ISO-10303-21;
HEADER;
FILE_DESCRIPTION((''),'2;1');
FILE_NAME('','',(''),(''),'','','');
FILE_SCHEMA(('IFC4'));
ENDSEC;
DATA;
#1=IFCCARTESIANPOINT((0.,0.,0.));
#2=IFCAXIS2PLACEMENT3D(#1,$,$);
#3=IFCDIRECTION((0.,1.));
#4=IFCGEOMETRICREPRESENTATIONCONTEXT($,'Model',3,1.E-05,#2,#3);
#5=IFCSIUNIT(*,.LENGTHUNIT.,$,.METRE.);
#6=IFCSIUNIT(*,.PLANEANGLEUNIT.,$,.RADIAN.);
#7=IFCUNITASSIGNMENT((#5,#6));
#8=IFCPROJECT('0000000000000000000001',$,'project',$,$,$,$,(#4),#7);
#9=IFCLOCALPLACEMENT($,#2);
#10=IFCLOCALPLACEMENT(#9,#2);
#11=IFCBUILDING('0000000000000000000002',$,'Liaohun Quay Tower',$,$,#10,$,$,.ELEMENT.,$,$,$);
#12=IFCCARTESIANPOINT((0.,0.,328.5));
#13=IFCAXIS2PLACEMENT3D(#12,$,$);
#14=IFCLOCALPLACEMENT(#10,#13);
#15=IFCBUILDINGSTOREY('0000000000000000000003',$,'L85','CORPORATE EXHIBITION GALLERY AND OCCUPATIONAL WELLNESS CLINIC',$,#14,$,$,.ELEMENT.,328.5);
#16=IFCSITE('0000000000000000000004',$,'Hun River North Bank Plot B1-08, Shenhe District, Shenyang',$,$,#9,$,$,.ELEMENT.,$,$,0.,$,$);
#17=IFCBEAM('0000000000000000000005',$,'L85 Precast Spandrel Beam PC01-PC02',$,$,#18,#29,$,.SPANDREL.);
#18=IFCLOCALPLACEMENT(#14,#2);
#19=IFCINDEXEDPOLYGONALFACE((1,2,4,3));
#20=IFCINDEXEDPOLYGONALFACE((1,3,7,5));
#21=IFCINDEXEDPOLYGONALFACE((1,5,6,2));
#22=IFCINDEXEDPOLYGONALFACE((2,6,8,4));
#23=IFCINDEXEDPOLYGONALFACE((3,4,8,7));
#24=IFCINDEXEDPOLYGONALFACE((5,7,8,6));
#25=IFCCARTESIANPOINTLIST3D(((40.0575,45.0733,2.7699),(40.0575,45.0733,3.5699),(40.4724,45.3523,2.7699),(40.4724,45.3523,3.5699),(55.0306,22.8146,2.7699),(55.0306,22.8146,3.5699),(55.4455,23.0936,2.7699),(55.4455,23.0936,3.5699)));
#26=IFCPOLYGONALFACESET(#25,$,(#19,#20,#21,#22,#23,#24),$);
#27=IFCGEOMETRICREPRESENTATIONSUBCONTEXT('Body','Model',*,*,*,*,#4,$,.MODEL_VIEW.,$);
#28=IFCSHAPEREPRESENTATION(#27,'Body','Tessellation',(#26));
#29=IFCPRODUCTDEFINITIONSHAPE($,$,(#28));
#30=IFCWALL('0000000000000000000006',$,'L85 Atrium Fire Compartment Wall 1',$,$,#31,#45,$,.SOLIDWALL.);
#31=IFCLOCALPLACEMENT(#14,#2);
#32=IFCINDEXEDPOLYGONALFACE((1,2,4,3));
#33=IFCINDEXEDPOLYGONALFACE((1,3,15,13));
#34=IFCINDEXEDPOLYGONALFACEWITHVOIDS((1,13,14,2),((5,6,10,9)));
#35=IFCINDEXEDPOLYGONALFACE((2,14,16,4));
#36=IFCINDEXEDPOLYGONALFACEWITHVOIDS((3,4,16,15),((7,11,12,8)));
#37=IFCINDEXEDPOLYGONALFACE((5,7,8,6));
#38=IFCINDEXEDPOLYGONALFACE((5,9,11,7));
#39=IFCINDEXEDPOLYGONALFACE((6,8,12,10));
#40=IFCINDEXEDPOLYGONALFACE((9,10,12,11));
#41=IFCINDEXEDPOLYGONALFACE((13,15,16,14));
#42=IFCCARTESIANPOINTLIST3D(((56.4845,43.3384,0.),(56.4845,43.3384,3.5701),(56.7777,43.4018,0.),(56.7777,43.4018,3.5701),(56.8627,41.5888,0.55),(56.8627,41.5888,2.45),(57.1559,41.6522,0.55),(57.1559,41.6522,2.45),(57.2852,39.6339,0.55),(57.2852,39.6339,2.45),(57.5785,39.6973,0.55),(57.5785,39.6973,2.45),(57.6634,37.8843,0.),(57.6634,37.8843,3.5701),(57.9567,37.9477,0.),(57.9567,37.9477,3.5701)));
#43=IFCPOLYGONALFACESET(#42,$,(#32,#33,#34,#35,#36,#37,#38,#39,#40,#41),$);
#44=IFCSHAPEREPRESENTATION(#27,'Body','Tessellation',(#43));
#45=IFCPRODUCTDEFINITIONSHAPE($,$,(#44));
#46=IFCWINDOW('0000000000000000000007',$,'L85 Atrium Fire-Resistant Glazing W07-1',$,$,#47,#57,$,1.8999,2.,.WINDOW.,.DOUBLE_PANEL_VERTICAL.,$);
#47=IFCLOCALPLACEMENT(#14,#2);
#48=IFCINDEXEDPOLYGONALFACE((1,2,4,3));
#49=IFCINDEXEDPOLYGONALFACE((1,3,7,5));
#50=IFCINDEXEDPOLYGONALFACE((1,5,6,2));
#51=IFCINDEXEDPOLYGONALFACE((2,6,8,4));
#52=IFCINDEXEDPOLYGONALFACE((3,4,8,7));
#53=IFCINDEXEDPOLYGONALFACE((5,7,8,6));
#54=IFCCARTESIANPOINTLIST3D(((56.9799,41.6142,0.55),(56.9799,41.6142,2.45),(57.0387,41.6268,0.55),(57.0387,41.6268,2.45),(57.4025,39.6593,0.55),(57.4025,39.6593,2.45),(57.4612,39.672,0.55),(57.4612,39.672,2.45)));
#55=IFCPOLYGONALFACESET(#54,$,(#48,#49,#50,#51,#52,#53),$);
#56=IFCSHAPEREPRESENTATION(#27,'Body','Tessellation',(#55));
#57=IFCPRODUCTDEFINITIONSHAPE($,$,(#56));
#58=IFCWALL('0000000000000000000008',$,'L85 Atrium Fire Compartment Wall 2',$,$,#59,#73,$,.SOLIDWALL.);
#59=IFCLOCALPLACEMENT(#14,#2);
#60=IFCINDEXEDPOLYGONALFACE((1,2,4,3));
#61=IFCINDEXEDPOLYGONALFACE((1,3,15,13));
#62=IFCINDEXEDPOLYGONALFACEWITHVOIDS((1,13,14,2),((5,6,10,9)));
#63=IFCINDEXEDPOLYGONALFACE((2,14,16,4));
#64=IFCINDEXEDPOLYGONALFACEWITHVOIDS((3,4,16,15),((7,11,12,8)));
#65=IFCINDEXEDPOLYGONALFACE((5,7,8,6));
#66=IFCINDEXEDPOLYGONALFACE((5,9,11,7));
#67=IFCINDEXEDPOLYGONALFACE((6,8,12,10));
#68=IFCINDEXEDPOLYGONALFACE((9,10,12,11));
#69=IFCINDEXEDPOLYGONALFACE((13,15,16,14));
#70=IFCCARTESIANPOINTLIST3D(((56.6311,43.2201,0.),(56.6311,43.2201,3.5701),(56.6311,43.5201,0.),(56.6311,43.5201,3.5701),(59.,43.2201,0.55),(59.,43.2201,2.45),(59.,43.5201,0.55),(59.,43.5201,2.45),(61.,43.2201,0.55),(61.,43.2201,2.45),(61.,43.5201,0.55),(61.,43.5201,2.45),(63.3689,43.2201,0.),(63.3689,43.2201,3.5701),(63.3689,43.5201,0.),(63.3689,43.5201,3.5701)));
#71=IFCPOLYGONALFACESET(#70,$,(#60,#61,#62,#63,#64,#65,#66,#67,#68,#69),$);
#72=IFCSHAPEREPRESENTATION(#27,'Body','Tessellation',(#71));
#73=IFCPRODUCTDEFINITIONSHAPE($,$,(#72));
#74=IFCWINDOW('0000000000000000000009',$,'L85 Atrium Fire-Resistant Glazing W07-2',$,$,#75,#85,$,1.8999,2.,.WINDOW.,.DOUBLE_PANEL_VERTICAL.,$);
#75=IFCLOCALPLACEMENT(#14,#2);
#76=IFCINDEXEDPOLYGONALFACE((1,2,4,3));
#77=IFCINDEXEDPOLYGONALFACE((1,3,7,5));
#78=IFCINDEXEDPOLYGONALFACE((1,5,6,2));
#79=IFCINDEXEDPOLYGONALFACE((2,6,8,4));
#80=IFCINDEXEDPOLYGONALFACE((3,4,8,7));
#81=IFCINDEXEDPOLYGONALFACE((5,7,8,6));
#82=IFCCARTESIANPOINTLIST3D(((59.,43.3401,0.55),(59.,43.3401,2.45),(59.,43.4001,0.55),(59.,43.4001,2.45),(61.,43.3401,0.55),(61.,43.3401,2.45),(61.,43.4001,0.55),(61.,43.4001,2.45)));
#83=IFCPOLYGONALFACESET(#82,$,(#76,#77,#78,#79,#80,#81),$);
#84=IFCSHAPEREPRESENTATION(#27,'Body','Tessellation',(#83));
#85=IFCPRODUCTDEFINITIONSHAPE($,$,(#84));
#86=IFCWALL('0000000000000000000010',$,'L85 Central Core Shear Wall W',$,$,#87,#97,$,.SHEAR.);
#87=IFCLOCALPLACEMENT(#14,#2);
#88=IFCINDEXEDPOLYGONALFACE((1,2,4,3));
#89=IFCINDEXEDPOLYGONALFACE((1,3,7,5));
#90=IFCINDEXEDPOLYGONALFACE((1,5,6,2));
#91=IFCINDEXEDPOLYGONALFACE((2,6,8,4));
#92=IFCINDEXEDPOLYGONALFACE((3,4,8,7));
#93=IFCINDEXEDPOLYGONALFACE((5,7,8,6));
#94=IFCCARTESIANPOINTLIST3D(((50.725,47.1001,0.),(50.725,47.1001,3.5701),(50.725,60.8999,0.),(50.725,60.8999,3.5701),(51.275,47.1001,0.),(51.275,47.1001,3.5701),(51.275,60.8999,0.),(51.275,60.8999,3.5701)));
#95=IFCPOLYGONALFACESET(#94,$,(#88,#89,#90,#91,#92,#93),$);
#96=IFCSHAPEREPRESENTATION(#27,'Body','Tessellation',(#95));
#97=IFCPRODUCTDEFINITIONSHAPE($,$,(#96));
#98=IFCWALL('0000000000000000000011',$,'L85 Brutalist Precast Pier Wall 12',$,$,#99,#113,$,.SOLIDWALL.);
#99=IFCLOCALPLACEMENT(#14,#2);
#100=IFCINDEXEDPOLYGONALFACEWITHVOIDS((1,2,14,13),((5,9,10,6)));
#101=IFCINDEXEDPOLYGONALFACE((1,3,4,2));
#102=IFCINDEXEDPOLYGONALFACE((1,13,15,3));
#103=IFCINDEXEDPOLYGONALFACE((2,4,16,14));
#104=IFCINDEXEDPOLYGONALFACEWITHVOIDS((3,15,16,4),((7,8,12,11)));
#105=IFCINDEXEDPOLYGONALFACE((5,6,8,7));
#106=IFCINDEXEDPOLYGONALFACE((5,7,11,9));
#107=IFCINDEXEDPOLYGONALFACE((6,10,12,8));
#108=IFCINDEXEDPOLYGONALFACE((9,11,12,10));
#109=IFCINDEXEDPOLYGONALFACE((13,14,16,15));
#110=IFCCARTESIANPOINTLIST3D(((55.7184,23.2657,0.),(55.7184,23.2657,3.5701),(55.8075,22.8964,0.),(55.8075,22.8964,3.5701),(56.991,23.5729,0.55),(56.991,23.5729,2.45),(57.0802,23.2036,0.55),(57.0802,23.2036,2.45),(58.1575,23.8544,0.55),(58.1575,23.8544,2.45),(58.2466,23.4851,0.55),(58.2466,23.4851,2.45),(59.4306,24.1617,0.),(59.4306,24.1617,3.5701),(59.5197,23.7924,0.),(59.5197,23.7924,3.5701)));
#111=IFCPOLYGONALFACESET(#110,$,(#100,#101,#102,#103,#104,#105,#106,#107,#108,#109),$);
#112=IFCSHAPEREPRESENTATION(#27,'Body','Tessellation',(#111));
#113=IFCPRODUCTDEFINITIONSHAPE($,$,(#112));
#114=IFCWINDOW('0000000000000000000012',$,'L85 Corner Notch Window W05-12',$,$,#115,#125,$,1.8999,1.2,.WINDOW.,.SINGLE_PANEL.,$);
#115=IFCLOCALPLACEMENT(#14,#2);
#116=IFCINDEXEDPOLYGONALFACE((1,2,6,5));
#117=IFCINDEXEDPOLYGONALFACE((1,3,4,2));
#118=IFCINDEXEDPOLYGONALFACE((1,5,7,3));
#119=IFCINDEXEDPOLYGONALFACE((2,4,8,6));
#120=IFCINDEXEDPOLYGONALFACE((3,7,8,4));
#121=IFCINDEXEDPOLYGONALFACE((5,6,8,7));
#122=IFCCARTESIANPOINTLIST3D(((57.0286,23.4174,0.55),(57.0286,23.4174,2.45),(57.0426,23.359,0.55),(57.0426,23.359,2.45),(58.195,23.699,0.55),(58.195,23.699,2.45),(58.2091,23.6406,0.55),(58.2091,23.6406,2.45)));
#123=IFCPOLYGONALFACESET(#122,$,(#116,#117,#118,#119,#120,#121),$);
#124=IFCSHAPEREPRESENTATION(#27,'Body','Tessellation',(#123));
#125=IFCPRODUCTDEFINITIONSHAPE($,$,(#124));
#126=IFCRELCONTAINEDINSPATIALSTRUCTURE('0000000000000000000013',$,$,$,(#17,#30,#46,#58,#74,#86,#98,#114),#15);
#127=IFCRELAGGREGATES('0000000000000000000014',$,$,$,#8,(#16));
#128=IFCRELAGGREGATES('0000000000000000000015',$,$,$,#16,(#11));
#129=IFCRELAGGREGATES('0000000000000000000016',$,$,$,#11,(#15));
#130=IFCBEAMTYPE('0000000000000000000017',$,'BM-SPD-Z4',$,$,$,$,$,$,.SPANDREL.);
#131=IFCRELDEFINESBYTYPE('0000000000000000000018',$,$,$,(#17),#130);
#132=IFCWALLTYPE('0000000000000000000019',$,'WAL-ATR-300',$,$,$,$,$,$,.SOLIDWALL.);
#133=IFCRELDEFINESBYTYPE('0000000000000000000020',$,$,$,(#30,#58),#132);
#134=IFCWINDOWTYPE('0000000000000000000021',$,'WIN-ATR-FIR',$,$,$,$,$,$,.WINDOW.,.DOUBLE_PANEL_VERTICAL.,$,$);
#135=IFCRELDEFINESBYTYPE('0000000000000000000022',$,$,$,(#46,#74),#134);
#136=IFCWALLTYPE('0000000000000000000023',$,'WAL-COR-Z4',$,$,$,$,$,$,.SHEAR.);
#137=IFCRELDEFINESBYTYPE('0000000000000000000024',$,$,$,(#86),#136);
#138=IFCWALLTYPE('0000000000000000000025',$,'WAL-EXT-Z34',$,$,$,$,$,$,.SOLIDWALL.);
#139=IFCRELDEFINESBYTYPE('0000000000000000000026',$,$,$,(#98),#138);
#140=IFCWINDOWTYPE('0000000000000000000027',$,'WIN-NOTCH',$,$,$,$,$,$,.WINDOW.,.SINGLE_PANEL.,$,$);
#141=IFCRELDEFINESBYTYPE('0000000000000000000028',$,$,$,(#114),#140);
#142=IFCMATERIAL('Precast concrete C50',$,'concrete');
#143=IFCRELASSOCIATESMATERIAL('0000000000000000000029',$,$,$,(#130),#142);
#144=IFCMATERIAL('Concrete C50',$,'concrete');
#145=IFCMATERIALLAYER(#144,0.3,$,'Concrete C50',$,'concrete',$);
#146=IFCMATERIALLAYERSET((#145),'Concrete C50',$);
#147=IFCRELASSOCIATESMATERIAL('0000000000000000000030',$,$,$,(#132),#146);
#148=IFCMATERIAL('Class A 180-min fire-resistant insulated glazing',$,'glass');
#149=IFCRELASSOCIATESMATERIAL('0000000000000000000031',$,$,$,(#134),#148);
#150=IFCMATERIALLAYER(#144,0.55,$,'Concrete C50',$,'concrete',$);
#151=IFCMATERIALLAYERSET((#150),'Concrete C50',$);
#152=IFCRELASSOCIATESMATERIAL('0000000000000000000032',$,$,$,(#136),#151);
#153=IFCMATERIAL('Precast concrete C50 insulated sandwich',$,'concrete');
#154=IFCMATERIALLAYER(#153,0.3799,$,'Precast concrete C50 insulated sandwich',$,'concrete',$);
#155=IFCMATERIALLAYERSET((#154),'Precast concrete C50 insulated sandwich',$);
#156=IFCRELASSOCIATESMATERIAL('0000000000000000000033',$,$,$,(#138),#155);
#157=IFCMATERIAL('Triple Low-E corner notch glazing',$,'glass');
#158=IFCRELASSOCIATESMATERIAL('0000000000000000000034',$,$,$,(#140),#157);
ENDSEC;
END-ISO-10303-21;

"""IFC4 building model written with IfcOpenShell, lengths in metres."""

from ifc_helpers import new_model, si_unit, direction, frame, frame_2d, origin, origin_2d, place, context, subcontext, project, spatial, rectangle, extrude, source, transform, mapped, material, layer, layer_set, material_profile, profile_set, type_object, element, fill, save


model = new_model("IFC4")

# Units and contexts
model_context = context("Model", 3, precision=1e-05, world=origin(), true_north=direction((0.0, 1.0)))
body_context = subcontext(model_context, "Body", "Model", "MODEL_VIEW")
ifc_project = project(units=[si_unit("LENGTHUNIT", "METRE"), si_unit("PLANEANGLEUNIT", "RADIAN")], contexts=[model_context])

# Site, building, storey
site_placement = place(None, origin())
site = spatial("IfcSite", under=ifc_project, at=site_placement, Name="Hun River North Bank Plot B1-08, Shenhe District, Shenyang", CompositionType="ELEMENT", RefElevation=0.0)
building_placement = place(site_placement, origin())
building = spatial("IfcBuilding", under=site, at=building_placement, Name="Liaohun Quay Tower", CompositionType="ELEMENT")
storey_placement = place(building_placement, frame((0.0, 0.0, 328.5)))
storey = spatial("IfcBuildingStorey", under=building, at=storey_placement, Name="L85", Description="CORPORATE EXHIBITION GALLERY AND OCCUPATIONAL WELLNESS CLINIC", CompositionType="ELEMENT", Elevation=328.5)

# Shared definitions
ifc_material_1 = material(Name="Concrete C50", Category="concrete")

# Beam
ifc_material_2 = material(Name="Precast concrete C50", Category="concrete")
ifc_material_profile_1 = material_profile(ifc_material_2, rectangle(XDim=0.5, YDim=0.8, at=origin_2d()), Name="RC500x800")
ifc_profile_set_1 = profile_set([ifc_material_profile_1], Name="Precast concrete C50")
beam_type_1 = type_object("IfcBeamType", Name="BM-SPD-Z4", PredefinedType="SPANDREL", material=ifc_profile_set_1)
shared_shape_1 = source(origin(), body_context, "Body", "SweptSolid", [
    extrude(rectangle(XDim=0.5, YDim=0.8, at=origin_2d()), origin(), (0.0, 0.0, 1.0), 26.8262),
])
beam_1_placement = place(storey_placement, frame((55.238, 22.9541, 3.1699), z_axis=(-0.558152, 0.829739, 0.0), x_axis=(-0.829739, -0.558152, 0.0)))
element("IfcBeam", 1, at=beam_1_placement, inside=storey, type_object=beam_type_1, Name="L85 Precast Spandrel Beam PC01-PC02", PredefinedType="SPANDREL", context=body_context, shape_type="MappedRepresentation", body=[
    mapped(shared_shape_1, transform((0.0, 0.0, 0.0), x_axis=(1.0, 0.0, 0.0), y_axis=(0.0, 1.0, 0.0), z_axis=(0.0, 0.0, 1.0), scale=1.0)),
])

# Walls, openings, windows
ifc_layer_1 = layer(ifc_material_1, 0.3, Name="Concrete C50", Category="concrete")
ifc_layer_set_1 = layer_set([ifc_layer_1], Name="Concrete C50")
wall_type_1 = type_object("IfcWallType", Name="WAL-ATR-300", PredefinedType="SOLIDWALL", material=ifc_layer_set_1)
wall_1_placement = place(storey_placement, frame((57.8101, 37.916, 0.0), z_axis=(0.0, 0.0, 1.0), x_axis=(-0.21128, 0.977426, 0.0)))
wall_1 = element("IfcWall", 2, at=wall_1_placement, inside=storey, type_object=wall_type_1, Name="L85 Atrium Fire Compartment Wall 1", PredefinedType="SOLIDWALL", context=body_context, shape_type="SweptSolid", body=[
    extrude(rectangle(XDim=5.5801, YDim=0.3, at=frame_2d((2.79, 0.0))), origin(), (0.0, 0.0, 1.0), 3.5701),
])
shared_shape_2 = source(origin(), body_context, "Body", "SweptSolid", [
    extrude(rectangle(XDim=2.0, YDim=1.8999, at=frame_2d((1.0, 0.95))), frame((0.0, 0.1599, 0.0), z_axis=(0.0, -1.0, 0.0), x_axis=(1.0, 0.0, 0.0)), (0.0, 0.0, 1.0), 0.3201),
])
opening_1_placement = place(wall_1_placement, frame((1.79, 0.0, 0.55)))
opening_1 = element("IfcOpeningElement", 3, at=opening_1_placement, cuts=wall_1, PredefinedType="OPENING", context=body_context, shape_type="MappedRepresentation", body=[
    mapped(shared_shape_2, transform((0.0, 0.0, 0.0), x_axis=(1.0, 0.0, 0.0), y_axis=(0.0, 1.0, 0.0), z_axis=(0.0, 0.0, 1.0), scale=1.0)),
])
ifc_material_3 = material(Name="Class A 180-min fire-resistant insulated glazing", Category="glass")
window_type_1 = type_object("IfcWindowType", Name="WIN-ATR-FIR", PartitioningType="DOUBLE_PANEL_VERTICAL", PredefinedType="WINDOW", material=ifc_material_3)
shared_shape_3 = source(origin(), body_context, "Body", "SweptSolid", [
    extrude(rectangle(XDim=2.0, YDim=1.8999, at=frame_2d((1.0, 0.95))), frame((0.0, 0.03, 0.0), z_axis=(0.0, -1.0, 0.0), x_axis=(1.0, 0.0, 0.0)), (0.0, 0.0, 1.0), 0.0601),
])
window_1_placement = place(opening_1_placement, origin())
window_1 = element("IfcWindow", 4, at=window_1_placement, inside=storey, type_object=window_type_1, Name="L85 Atrium Fire-Resistant Glazing W07-1", OverallHeight=1.8999, OverallWidth=2.0, PartitioningType="DOUBLE_PANEL_VERTICAL", PredefinedType="WINDOW", context=body_context, shape_type="MappedRepresentation", body=[
    mapped(shared_shape_3, transform((0.0, 0.0, 0.0), x_axis=(1.0, 0.0, 0.0), y_axis=(0.0, 1.0, 0.0), z_axis=(0.0, 0.0, 1.0), scale=1.0)),
])
fill(opening_1, window_1)
wall_2_placement = place(storey_placement, frame((56.6311, 43.3701, 0.0), z_axis=(0.0, 0.0, 1.0), x_axis=(1.0, 0.0, 0.0)))
wall_2 = element("IfcWall", 5, at=wall_2_placement, inside=storey, type_object=wall_type_1, Name="L85 Atrium Fire Compartment Wall 2", PredefinedType="SOLIDWALL", context=body_context, shape_type="SweptSolid", body=[
    extrude(rectangle(XDim=6.7378, YDim=0.3, at=frame_2d((3.3689, 0.0))), origin(), (0.0, 0.0, 1.0), 3.5701),
])
opening_2_placement = place(wall_2_placement, frame((2.3689, 0.0, 0.55)))
opening_2 = element("IfcOpeningElement", 6, at=opening_2_placement, cuts=wall_2, PredefinedType="OPENING", context=body_context, shape_type="MappedRepresentation", body=[
    mapped(shared_shape_2, transform((0.0, 0.0, 0.0), x_axis=(1.0, 0.0, 0.0), y_axis=(0.0, 1.0, 0.0), z_axis=(0.0, 0.0, 1.0), scale=1.0)),
])
window_2_placement = place(opening_2_placement, origin())
window_2 = element("IfcWindow", 7, at=window_2_placement, inside=storey, type_object=window_type_1, Name="L85 Atrium Fire-Resistant Glazing W07-2", OverallHeight=1.8999, OverallWidth=2.0, PartitioningType="DOUBLE_PANEL_VERTICAL", PredefinedType="WINDOW", context=body_context, shape_type="MappedRepresentation", body=[
    mapped(shared_shape_3, transform((0.0, 0.0, 0.0), x_axis=(1.0, 0.0, 0.0), y_axis=(0.0, 1.0, 0.0), z_axis=(0.0, 0.0, 1.0), scale=1.0)),
])
fill(opening_2, window_2)

# Wall
ifc_layer_2 = layer(ifc_material_1, 0.55, Name="Concrete C50", Category="concrete")
ifc_layer_set_2 = layer_set([ifc_layer_2], Name="Concrete C50")
wall_type_2 = type_object("IfcWallType", Name="WAL-COR-Z4", PredefinedType="SHEAR", material=ifc_layer_set_2)
wall_3_placement = place(storey_placement, frame((51.0, 47.1001, 0.0), z_axis=(0.0, 0.0, 1.0), x_axis=(0.0, 1.0, 0.0)))
element("IfcWall", 8, at=wall_3_placement, inside=storey, type_object=wall_type_2, Name="L85 Central Core Shear Wall W", PredefinedType="SHEAR", context=body_context, shape_type="SweptSolid", body=[
    extrude(rectangle(XDim=13.7998, YDim=0.55, at=frame_2d((6.8999, 0.0))), origin(), (0.0, 0.0, 1.0), 3.5701),
])

# Wall, opening, window
ifc_material_4 = material(Name="Precast concrete C50 insulated sandwich", Category="concrete")
ifc_layer_3 = layer(ifc_material_4, 0.3799, Name="Precast concrete C50 insulated sandwich", Category="concrete")
ifc_layer_set_3 = layer_set([ifc_layer_3], Name="Precast concrete C50 insulated sandwich")
wall_type_3 = type_object("IfcWallType", Name="WAL-EXT-Z34", PredefinedType="SOLIDWALL", material=ifc_layer_set_3)
wall_4_placement = place(storey_placement, frame((55.7629, 23.0811, 0.0), z_axis=(0.0, 0.0, 1.0), x_axis=(0.972085, 0.23463, 0.0)))
wall_4 = element("IfcWall", 9, at=wall_4_placement, inside=storey, type_object=wall_type_3, Name="L85 Brutalist Precast Pier Wall 12", PredefinedType="SOLIDWALL", context=body_context, shape_type="SweptSolid", body=[
    extrude(rectangle(XDim=3.8188, YDim=0.3799, at=frame_2d((1.9094, 0.0))), origin(), (0.0, 0.0, 1.0), 3.5701),
])
shared_shape_4 = source(origin(), body_context, "Body", "SweptSolid", [
    extrude(rectangle(XDim=1.2, YDim=1.8999, at=frame_2d((0.6001, 0.95))), frame((0.0, 0.2, 0.0), z_axis=(0.0, -1.0, 0.0), x_axis=(1.0, 0.0, 0.0)), (0.0, 0.0, 1.0), 0.3999),
])
opening_3_placement = place(wall_4_placement, frame((1.3091, 0.0, 0.55)))
opening_3 = element("IfcOpeningElement", 10, at=opening_3_placement, cuts=wall_4, PredefinedType="OPENING", context=body_context, shape_type="MappedRepresentation", body=[
    mapped(shared_shape_4, transform((0.0, 0.0, 0.0), x_axis=(1.0, 0.0, 0.0), y_axis=(0.0, 1.0, 0.0), z_axis=(0.0, 0.0, 1.0), scale=1.0)),
])
ifc_material_5 = material(Name="Triple Low-E corner notch glazing", Category="glass")
window_type_2 = type_object("IfcWindowType", Name="WIN-NOTCH", PartitioningType="SINGLE_PANEL", PredefinedType="WINDOW", material=ifc_material_5)
shared_shape_5 = source(origin(), body_context, "Body", "SweptSolid", [
    extrude(rectangle(XDim=1.2, YDim=1.8999, at=frame_2d((0.6001, 0.95))), frame((0.0, 0.03, 0.0), z_axis=(0.0, -1.0, 0.0), x_axis=(1.0, 0.0, 0.0)), (0.0, 0.0, 1.0), 0.0601),
])
window_3_placement = place(opening_3_placement, origin())
window_3 = element("IfcWindow", 11, at=window_3_placement, inside=storey, type_object=window_type_2, Name="L85 Corner Notch Window W05-12", OverallHeight=1.8999, OverallWidth=1.2, PartitioningType="SINGLE_PANEL", PredefinedType="WINDOW", context=body_context, shape_type="MappedRepresentation", body=[
    mapped(shared_shape_5, transform((0.0, 0.0, 0.0), x_axis=(1.0, 0.0, 0.0), y_axis=(0.0, 1.0, 0.0), z_axis=(0.0, 0.0, 1.0), scale=1.0)),
])
fill(opening_3, window_3)

save(model, "model.ifc")
